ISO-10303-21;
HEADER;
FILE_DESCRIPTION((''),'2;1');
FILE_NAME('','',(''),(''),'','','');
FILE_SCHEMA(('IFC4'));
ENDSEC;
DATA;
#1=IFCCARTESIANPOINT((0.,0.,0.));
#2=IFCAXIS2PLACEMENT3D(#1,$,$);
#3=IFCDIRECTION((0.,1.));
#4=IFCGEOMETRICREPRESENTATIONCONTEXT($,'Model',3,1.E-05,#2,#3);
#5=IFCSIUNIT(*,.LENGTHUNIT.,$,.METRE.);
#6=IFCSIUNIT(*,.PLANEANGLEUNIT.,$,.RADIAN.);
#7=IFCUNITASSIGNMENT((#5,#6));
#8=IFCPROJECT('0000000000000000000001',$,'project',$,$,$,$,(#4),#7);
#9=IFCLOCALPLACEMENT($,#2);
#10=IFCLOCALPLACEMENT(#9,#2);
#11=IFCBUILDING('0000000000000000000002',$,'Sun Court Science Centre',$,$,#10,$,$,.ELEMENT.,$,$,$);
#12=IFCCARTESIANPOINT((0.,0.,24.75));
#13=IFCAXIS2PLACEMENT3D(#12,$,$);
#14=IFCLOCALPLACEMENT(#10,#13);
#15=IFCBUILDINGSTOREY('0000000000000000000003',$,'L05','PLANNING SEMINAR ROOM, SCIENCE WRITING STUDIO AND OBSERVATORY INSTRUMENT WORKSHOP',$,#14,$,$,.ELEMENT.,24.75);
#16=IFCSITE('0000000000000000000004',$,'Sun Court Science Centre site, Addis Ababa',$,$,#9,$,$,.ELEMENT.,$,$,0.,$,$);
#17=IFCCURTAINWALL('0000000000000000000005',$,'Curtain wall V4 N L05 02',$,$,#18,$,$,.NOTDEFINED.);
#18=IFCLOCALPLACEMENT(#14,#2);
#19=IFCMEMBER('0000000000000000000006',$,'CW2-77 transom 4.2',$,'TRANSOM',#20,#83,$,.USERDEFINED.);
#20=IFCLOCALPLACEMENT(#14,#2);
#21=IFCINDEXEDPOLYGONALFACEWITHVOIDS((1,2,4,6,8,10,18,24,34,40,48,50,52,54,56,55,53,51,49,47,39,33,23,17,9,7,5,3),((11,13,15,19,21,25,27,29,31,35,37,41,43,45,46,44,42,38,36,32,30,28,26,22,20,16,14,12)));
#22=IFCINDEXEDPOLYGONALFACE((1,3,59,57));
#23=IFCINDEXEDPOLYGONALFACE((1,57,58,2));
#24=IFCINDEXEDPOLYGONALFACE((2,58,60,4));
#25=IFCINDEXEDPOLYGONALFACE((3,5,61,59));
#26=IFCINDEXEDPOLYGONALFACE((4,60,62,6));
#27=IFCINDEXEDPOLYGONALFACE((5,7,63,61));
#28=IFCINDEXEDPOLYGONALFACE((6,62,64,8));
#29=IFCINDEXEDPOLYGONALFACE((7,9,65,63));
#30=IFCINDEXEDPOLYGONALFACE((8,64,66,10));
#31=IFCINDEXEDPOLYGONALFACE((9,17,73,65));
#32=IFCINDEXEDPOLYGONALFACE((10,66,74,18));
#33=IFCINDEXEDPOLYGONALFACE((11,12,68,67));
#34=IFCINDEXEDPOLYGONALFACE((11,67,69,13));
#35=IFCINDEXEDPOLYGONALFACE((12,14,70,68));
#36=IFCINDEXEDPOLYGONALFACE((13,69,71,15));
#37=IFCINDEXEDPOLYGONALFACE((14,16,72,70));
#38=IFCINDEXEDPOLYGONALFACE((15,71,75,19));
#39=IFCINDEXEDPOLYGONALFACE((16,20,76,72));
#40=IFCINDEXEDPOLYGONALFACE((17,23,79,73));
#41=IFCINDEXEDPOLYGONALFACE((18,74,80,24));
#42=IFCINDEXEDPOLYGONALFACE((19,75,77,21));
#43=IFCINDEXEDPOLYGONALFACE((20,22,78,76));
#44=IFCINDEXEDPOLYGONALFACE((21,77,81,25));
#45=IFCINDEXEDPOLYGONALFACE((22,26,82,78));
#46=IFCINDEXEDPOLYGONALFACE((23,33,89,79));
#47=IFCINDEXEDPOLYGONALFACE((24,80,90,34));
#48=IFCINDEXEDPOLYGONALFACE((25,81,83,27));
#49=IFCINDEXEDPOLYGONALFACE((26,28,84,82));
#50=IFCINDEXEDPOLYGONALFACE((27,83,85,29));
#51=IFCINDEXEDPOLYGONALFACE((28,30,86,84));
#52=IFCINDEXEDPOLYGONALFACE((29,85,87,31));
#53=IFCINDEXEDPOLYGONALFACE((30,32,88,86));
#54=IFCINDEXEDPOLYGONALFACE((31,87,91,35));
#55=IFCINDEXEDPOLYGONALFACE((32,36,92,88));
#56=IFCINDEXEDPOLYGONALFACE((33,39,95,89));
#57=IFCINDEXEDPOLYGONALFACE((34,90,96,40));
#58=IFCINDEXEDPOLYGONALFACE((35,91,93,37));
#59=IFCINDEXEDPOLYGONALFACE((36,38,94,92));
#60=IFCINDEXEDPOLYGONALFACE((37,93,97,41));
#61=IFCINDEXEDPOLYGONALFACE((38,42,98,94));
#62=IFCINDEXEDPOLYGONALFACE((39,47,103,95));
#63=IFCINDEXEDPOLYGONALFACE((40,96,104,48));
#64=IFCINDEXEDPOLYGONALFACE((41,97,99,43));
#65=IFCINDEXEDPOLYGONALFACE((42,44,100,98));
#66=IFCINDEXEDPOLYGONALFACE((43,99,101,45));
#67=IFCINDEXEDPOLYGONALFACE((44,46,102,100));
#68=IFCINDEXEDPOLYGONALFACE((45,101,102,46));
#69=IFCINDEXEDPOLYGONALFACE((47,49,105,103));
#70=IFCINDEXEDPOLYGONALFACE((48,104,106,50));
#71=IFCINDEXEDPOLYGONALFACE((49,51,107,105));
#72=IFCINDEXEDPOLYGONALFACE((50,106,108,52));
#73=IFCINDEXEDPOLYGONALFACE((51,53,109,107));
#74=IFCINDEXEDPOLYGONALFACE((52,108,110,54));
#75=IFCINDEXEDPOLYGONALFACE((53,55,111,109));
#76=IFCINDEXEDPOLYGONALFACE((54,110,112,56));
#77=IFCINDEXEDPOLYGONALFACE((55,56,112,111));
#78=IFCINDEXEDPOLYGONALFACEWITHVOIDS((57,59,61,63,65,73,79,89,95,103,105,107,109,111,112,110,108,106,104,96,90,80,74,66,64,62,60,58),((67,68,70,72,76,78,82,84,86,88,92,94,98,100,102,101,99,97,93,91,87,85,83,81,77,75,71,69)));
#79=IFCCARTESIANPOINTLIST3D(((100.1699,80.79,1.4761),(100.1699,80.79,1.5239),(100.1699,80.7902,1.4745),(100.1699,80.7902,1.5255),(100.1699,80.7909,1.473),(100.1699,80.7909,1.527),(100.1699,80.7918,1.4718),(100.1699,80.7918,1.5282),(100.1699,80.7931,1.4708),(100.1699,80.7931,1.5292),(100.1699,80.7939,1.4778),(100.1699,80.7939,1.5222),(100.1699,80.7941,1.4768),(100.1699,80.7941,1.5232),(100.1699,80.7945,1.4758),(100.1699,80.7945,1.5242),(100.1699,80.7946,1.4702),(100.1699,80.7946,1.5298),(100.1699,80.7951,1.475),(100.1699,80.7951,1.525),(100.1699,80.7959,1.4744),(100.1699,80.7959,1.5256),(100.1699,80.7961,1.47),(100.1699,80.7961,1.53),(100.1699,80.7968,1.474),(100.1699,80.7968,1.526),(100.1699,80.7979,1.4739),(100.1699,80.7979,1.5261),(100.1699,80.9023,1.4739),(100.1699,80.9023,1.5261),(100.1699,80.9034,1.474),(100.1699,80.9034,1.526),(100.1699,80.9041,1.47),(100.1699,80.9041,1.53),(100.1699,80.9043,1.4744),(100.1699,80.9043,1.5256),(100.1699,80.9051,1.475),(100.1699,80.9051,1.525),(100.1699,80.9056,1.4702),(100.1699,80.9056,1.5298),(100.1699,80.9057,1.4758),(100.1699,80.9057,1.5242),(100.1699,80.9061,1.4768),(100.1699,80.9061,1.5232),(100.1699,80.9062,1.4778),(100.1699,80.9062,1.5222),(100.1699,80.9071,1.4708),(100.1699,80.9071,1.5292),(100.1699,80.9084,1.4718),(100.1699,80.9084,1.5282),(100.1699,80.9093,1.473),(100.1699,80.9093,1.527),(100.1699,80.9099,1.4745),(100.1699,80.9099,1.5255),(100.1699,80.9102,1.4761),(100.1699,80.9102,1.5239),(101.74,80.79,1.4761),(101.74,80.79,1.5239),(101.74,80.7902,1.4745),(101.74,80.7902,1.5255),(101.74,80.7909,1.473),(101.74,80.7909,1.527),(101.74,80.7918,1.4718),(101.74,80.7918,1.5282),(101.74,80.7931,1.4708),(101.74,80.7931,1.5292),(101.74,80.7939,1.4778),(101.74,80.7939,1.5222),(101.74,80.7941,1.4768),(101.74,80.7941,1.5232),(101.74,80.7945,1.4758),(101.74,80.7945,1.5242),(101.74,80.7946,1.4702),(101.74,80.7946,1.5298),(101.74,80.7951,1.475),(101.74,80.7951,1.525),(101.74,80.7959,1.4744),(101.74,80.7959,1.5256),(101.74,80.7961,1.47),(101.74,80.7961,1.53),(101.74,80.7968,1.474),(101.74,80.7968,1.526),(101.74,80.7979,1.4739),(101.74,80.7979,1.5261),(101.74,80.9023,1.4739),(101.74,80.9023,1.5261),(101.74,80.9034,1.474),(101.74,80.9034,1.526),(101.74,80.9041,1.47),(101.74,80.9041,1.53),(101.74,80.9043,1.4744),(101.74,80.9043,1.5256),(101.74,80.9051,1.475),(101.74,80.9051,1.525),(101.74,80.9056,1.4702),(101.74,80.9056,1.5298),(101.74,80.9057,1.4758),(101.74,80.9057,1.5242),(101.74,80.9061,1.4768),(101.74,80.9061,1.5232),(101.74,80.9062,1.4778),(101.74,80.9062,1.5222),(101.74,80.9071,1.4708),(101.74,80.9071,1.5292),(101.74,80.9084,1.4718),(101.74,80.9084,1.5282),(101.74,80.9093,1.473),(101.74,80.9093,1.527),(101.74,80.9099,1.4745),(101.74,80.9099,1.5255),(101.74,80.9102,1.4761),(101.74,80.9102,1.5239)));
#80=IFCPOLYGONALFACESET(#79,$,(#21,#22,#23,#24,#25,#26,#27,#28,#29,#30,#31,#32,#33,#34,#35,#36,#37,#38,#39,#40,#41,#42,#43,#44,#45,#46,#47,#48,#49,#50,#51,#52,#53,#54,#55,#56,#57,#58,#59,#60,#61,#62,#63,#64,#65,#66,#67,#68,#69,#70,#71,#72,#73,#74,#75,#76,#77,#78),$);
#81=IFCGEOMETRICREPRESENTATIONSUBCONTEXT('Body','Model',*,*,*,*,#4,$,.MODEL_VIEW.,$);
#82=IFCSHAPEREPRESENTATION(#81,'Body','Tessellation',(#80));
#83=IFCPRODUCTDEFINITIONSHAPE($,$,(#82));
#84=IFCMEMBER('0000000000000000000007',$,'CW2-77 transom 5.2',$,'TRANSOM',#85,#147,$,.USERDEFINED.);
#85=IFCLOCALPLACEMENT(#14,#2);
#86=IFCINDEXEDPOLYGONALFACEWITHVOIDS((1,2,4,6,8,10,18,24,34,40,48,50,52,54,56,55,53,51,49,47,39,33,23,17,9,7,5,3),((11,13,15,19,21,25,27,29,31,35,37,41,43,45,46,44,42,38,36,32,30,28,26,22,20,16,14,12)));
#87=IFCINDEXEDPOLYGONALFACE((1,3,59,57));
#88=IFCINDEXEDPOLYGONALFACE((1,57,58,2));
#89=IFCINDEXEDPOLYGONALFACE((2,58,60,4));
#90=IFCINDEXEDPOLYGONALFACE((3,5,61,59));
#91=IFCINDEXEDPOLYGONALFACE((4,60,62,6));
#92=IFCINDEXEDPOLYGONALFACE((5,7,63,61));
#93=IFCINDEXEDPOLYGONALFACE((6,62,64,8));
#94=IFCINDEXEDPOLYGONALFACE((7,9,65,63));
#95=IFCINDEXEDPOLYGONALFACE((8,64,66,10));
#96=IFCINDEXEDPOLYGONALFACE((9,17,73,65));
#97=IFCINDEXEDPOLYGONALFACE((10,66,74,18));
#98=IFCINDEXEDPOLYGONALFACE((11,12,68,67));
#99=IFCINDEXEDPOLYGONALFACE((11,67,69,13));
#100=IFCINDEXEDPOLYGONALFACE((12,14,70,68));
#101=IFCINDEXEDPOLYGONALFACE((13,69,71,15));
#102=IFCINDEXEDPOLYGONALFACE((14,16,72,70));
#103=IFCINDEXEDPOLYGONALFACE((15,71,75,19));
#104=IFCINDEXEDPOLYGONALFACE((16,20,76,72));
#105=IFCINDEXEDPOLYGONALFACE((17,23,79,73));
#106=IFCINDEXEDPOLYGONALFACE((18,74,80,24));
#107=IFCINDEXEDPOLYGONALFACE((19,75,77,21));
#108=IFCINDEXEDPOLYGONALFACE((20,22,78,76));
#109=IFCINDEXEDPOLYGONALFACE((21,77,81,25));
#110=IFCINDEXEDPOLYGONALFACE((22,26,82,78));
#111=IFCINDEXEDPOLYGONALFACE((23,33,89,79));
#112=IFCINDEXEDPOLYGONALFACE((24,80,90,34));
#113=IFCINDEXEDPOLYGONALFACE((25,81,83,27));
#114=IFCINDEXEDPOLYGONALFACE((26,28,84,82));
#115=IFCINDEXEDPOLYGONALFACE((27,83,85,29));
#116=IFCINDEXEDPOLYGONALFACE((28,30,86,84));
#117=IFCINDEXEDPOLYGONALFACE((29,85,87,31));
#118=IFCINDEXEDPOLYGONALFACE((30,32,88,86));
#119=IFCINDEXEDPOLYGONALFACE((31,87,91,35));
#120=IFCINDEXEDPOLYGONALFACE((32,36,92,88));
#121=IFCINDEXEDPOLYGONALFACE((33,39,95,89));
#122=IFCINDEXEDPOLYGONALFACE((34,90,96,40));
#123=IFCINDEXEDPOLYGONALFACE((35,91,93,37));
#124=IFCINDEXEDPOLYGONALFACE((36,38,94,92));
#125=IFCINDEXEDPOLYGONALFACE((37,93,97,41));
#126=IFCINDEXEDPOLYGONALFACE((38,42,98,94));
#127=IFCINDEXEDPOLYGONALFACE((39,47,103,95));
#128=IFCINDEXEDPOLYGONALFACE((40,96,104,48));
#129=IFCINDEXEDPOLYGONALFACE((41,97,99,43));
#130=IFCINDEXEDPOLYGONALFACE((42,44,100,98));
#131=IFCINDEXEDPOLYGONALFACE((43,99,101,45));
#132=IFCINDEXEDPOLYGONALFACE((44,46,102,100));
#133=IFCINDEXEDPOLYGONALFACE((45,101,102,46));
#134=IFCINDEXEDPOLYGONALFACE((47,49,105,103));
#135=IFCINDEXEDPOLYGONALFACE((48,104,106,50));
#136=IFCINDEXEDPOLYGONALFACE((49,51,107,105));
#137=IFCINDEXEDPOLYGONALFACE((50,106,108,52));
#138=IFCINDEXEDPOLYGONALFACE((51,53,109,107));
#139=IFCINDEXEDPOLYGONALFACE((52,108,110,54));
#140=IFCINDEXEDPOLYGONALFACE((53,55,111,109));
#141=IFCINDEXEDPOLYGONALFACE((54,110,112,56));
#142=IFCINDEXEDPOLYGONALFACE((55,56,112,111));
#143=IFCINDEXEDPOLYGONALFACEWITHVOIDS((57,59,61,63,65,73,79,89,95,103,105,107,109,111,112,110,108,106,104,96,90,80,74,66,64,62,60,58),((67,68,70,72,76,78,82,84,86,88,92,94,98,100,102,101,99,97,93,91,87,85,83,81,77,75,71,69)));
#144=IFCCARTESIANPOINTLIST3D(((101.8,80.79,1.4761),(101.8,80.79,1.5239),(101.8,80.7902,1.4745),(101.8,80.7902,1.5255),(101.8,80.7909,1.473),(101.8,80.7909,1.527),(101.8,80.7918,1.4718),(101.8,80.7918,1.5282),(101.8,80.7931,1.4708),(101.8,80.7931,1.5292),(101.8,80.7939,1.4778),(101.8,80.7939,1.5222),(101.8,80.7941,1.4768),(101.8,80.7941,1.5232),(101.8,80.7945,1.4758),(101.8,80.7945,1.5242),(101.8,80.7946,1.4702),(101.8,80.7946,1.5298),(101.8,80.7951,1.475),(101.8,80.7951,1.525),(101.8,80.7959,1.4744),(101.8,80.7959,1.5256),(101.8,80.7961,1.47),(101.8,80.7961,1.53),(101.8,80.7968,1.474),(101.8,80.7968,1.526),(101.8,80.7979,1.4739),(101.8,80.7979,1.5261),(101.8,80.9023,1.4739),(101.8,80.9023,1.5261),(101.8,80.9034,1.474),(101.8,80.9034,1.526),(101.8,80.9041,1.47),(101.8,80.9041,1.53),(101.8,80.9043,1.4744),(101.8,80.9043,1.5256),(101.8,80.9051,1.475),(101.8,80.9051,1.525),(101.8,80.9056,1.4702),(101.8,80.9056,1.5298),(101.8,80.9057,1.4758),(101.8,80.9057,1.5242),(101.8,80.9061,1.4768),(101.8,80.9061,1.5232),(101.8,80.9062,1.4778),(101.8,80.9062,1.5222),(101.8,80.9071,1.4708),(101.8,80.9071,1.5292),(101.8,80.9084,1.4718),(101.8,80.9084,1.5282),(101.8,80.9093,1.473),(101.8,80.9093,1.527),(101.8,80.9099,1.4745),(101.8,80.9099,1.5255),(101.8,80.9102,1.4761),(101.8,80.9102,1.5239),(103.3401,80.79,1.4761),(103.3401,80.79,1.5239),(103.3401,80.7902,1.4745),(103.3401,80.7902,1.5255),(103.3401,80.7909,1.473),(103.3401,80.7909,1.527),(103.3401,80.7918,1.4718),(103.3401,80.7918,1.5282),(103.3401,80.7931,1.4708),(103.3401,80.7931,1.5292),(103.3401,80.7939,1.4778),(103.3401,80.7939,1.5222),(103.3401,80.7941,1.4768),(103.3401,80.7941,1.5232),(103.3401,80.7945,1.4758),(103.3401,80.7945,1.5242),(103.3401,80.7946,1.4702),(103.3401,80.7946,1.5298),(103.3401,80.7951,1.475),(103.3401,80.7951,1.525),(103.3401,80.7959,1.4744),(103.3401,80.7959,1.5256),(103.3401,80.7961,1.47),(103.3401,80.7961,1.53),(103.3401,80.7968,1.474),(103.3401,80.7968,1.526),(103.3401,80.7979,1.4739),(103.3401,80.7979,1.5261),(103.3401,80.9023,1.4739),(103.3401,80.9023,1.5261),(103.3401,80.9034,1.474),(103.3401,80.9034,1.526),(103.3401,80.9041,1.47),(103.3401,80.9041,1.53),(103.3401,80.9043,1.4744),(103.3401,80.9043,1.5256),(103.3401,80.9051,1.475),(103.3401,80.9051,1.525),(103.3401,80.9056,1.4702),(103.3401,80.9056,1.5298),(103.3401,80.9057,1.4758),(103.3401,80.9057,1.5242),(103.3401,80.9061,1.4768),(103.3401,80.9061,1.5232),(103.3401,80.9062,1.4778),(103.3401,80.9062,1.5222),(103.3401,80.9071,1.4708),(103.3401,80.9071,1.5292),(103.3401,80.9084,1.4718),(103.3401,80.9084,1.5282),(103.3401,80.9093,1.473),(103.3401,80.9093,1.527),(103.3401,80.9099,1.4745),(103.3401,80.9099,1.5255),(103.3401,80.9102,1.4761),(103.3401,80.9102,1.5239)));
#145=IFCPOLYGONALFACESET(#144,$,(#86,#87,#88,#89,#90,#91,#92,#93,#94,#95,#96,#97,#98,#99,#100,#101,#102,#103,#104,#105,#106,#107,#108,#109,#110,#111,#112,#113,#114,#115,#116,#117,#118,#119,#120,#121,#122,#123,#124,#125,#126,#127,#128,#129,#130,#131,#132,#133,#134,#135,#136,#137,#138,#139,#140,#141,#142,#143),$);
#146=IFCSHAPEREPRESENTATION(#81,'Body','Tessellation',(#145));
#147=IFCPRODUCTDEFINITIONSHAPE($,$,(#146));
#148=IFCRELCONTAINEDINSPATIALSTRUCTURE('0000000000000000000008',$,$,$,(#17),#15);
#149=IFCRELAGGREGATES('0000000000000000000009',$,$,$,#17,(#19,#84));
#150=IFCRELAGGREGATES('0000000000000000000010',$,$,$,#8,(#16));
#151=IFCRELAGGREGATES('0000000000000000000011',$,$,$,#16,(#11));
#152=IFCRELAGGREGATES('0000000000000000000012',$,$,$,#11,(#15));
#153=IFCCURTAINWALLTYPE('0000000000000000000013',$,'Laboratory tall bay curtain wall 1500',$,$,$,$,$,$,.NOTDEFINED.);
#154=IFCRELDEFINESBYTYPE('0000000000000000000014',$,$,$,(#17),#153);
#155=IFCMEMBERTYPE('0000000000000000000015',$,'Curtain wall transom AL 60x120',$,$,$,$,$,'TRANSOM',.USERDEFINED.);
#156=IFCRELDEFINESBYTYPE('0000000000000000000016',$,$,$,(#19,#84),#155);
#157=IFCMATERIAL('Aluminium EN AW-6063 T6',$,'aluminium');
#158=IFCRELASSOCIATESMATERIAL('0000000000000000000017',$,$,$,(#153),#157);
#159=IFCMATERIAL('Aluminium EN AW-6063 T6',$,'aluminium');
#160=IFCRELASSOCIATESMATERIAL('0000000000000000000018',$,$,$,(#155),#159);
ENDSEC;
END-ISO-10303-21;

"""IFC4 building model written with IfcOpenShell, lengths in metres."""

from ifc_helpers import new_model, si_unit, direction, frame, origin, origin_2d, place, context, subcontext, project, spatial, hollow_rectangle, extrude, material, material_profile, profile_set, type_object, element, aggregate, save


model = new_model("IFC4")

# Units and contexts
model_context = context("Model", 3, precision=1e-05, world=origin(), true_north=direction((0.0, 1.0)))
body_context = subcontext(model_context, "Body", "Model", "MODEL_VIEW")
ifc_project = project(units=[si_unit("LENGTHUNIT", "METRE"), si_unit("PLANEANGLEUNIT", "RADIAN")], contexts=[model_context])

# Site, building, storey
site_placement = place(None, origin())
site = spatial("IfcSite", under=ifc_project, at=site_placement, Name="Sun Court Science Centre site, Addis Ababa", CompositionType="ELEMENT", RefElevation=0.0)
building_placement = place(site_placement, origin())
building = spatial("IfcBuilding", under=site, at=building_placement, Name="Sun Court Science Centre", CompositionType="ELEMENT")
storey_placement = place(building_placement, frame((0.0, 0.0, 24.75)))
storey = spatial("IfcBuildingStorey", under=building, at=storey_placement, Name="L05", Description="PLANNING SEMINAR ROOM, SCIENCE WRITING STUDIO AND OBSERVATORY INSTRUMENT WORKSHOP", CompositionType="ELEMENT", Elevation=24.75)

# Curtain wall, members
ifc_material_1 = material(Name="Aluminium EN AW-6063 T6", Category="aluminium")
curtain_wall_type = type_object("IfcCurtainWallType", Name="Laboratory tall bay curtain wall 1500", PredefinedType="NOTDEFINED", material=ifc_material_1)
curtain_wall_placement = place(storey_placement, origin())
curtain_wall = element("IfcCurtainWall", 1, at=curtain_wall_placement, inside=storey, type_object=curtain_wall_type, Name="Curtain wall V4 N L05 02", PredefinedType="NOTDEFINED")
ifc_material_2 = material(Name="Aluminium EN AW-6063 T6", Category="aluminium")
ifc_material_profile_1 = material_profile(ifc_material_2, hollow_rectangle(XDim=0.0601, YDim=0.1201, WallThickness=0.0039, InnerFilletRadius=0.0039, OuterFilletRadius=0.0061, at=origin_2d()), Name="AL 60x120x4")
ifc_profile_set_1 = profile_set([ifc_material_profile_1], Name="Aluminium EN AW-6063 T6")
member_type_1 = type_object("IfcMemberType", Name="Curtain wall transom AL 60x120", ElementType="TRANSOM", PredefinedType="USERDEFINED", material=ifc_profile_set_1)
member_1_placement = place(storey_placement, frame((100.1699, 80.8501, 1.5), z_axis=(1.0, 0.0, 0.0), x_axis=(0.0, 0.0, 1.0)))
member_1 = element("IfcMember", 2, at=member_1_placement, type_object=member_type_1, Name="CW2-77 transom 4.2", ObjectType="TRANSOM", PredefinedType="USERDEFINED", context=body_context, shape_type="SweptSolid", body=[
    extrude(hollow_rectangle(XDim=0.0601, YDim=0.1201, WallThickness=0.0039, InnerFilletRadius=0.0039, OuterFilletRadius=0.0061, at=origin_2d()), origin(), (0.0, 0.0, 1.0), 1.5701),
])
member_2_placement = place(storey_placement, frame((101.8, 80.8501, 1.5), z_axis=(1.0, 0.0, 0.0), x_axis=(0.0, 0.0, 1.0)))
member_2 = element("IfcMember", 3, at=member_2_placement, type_object=member_type_1, Name="CW2-77 transom 5.2", ObjectType="TRANSOM", PredefinedType="USERDEFINED", context=body_context, shape_type="SweptSolid", body=[
    extrude(hollow_rectangle(XDim=0.0601, YDim=0.1201, WallThickness=0.0039, InnerFilletRadius=0.0039, OuterFilletRadius=0.0061, at=origin_2d()), origin(), (0.0, 0.0, 1.0), 1.54),
])

aggregate(curtain_wall, [member_1, member_2])

save(model, "model.ifc")
